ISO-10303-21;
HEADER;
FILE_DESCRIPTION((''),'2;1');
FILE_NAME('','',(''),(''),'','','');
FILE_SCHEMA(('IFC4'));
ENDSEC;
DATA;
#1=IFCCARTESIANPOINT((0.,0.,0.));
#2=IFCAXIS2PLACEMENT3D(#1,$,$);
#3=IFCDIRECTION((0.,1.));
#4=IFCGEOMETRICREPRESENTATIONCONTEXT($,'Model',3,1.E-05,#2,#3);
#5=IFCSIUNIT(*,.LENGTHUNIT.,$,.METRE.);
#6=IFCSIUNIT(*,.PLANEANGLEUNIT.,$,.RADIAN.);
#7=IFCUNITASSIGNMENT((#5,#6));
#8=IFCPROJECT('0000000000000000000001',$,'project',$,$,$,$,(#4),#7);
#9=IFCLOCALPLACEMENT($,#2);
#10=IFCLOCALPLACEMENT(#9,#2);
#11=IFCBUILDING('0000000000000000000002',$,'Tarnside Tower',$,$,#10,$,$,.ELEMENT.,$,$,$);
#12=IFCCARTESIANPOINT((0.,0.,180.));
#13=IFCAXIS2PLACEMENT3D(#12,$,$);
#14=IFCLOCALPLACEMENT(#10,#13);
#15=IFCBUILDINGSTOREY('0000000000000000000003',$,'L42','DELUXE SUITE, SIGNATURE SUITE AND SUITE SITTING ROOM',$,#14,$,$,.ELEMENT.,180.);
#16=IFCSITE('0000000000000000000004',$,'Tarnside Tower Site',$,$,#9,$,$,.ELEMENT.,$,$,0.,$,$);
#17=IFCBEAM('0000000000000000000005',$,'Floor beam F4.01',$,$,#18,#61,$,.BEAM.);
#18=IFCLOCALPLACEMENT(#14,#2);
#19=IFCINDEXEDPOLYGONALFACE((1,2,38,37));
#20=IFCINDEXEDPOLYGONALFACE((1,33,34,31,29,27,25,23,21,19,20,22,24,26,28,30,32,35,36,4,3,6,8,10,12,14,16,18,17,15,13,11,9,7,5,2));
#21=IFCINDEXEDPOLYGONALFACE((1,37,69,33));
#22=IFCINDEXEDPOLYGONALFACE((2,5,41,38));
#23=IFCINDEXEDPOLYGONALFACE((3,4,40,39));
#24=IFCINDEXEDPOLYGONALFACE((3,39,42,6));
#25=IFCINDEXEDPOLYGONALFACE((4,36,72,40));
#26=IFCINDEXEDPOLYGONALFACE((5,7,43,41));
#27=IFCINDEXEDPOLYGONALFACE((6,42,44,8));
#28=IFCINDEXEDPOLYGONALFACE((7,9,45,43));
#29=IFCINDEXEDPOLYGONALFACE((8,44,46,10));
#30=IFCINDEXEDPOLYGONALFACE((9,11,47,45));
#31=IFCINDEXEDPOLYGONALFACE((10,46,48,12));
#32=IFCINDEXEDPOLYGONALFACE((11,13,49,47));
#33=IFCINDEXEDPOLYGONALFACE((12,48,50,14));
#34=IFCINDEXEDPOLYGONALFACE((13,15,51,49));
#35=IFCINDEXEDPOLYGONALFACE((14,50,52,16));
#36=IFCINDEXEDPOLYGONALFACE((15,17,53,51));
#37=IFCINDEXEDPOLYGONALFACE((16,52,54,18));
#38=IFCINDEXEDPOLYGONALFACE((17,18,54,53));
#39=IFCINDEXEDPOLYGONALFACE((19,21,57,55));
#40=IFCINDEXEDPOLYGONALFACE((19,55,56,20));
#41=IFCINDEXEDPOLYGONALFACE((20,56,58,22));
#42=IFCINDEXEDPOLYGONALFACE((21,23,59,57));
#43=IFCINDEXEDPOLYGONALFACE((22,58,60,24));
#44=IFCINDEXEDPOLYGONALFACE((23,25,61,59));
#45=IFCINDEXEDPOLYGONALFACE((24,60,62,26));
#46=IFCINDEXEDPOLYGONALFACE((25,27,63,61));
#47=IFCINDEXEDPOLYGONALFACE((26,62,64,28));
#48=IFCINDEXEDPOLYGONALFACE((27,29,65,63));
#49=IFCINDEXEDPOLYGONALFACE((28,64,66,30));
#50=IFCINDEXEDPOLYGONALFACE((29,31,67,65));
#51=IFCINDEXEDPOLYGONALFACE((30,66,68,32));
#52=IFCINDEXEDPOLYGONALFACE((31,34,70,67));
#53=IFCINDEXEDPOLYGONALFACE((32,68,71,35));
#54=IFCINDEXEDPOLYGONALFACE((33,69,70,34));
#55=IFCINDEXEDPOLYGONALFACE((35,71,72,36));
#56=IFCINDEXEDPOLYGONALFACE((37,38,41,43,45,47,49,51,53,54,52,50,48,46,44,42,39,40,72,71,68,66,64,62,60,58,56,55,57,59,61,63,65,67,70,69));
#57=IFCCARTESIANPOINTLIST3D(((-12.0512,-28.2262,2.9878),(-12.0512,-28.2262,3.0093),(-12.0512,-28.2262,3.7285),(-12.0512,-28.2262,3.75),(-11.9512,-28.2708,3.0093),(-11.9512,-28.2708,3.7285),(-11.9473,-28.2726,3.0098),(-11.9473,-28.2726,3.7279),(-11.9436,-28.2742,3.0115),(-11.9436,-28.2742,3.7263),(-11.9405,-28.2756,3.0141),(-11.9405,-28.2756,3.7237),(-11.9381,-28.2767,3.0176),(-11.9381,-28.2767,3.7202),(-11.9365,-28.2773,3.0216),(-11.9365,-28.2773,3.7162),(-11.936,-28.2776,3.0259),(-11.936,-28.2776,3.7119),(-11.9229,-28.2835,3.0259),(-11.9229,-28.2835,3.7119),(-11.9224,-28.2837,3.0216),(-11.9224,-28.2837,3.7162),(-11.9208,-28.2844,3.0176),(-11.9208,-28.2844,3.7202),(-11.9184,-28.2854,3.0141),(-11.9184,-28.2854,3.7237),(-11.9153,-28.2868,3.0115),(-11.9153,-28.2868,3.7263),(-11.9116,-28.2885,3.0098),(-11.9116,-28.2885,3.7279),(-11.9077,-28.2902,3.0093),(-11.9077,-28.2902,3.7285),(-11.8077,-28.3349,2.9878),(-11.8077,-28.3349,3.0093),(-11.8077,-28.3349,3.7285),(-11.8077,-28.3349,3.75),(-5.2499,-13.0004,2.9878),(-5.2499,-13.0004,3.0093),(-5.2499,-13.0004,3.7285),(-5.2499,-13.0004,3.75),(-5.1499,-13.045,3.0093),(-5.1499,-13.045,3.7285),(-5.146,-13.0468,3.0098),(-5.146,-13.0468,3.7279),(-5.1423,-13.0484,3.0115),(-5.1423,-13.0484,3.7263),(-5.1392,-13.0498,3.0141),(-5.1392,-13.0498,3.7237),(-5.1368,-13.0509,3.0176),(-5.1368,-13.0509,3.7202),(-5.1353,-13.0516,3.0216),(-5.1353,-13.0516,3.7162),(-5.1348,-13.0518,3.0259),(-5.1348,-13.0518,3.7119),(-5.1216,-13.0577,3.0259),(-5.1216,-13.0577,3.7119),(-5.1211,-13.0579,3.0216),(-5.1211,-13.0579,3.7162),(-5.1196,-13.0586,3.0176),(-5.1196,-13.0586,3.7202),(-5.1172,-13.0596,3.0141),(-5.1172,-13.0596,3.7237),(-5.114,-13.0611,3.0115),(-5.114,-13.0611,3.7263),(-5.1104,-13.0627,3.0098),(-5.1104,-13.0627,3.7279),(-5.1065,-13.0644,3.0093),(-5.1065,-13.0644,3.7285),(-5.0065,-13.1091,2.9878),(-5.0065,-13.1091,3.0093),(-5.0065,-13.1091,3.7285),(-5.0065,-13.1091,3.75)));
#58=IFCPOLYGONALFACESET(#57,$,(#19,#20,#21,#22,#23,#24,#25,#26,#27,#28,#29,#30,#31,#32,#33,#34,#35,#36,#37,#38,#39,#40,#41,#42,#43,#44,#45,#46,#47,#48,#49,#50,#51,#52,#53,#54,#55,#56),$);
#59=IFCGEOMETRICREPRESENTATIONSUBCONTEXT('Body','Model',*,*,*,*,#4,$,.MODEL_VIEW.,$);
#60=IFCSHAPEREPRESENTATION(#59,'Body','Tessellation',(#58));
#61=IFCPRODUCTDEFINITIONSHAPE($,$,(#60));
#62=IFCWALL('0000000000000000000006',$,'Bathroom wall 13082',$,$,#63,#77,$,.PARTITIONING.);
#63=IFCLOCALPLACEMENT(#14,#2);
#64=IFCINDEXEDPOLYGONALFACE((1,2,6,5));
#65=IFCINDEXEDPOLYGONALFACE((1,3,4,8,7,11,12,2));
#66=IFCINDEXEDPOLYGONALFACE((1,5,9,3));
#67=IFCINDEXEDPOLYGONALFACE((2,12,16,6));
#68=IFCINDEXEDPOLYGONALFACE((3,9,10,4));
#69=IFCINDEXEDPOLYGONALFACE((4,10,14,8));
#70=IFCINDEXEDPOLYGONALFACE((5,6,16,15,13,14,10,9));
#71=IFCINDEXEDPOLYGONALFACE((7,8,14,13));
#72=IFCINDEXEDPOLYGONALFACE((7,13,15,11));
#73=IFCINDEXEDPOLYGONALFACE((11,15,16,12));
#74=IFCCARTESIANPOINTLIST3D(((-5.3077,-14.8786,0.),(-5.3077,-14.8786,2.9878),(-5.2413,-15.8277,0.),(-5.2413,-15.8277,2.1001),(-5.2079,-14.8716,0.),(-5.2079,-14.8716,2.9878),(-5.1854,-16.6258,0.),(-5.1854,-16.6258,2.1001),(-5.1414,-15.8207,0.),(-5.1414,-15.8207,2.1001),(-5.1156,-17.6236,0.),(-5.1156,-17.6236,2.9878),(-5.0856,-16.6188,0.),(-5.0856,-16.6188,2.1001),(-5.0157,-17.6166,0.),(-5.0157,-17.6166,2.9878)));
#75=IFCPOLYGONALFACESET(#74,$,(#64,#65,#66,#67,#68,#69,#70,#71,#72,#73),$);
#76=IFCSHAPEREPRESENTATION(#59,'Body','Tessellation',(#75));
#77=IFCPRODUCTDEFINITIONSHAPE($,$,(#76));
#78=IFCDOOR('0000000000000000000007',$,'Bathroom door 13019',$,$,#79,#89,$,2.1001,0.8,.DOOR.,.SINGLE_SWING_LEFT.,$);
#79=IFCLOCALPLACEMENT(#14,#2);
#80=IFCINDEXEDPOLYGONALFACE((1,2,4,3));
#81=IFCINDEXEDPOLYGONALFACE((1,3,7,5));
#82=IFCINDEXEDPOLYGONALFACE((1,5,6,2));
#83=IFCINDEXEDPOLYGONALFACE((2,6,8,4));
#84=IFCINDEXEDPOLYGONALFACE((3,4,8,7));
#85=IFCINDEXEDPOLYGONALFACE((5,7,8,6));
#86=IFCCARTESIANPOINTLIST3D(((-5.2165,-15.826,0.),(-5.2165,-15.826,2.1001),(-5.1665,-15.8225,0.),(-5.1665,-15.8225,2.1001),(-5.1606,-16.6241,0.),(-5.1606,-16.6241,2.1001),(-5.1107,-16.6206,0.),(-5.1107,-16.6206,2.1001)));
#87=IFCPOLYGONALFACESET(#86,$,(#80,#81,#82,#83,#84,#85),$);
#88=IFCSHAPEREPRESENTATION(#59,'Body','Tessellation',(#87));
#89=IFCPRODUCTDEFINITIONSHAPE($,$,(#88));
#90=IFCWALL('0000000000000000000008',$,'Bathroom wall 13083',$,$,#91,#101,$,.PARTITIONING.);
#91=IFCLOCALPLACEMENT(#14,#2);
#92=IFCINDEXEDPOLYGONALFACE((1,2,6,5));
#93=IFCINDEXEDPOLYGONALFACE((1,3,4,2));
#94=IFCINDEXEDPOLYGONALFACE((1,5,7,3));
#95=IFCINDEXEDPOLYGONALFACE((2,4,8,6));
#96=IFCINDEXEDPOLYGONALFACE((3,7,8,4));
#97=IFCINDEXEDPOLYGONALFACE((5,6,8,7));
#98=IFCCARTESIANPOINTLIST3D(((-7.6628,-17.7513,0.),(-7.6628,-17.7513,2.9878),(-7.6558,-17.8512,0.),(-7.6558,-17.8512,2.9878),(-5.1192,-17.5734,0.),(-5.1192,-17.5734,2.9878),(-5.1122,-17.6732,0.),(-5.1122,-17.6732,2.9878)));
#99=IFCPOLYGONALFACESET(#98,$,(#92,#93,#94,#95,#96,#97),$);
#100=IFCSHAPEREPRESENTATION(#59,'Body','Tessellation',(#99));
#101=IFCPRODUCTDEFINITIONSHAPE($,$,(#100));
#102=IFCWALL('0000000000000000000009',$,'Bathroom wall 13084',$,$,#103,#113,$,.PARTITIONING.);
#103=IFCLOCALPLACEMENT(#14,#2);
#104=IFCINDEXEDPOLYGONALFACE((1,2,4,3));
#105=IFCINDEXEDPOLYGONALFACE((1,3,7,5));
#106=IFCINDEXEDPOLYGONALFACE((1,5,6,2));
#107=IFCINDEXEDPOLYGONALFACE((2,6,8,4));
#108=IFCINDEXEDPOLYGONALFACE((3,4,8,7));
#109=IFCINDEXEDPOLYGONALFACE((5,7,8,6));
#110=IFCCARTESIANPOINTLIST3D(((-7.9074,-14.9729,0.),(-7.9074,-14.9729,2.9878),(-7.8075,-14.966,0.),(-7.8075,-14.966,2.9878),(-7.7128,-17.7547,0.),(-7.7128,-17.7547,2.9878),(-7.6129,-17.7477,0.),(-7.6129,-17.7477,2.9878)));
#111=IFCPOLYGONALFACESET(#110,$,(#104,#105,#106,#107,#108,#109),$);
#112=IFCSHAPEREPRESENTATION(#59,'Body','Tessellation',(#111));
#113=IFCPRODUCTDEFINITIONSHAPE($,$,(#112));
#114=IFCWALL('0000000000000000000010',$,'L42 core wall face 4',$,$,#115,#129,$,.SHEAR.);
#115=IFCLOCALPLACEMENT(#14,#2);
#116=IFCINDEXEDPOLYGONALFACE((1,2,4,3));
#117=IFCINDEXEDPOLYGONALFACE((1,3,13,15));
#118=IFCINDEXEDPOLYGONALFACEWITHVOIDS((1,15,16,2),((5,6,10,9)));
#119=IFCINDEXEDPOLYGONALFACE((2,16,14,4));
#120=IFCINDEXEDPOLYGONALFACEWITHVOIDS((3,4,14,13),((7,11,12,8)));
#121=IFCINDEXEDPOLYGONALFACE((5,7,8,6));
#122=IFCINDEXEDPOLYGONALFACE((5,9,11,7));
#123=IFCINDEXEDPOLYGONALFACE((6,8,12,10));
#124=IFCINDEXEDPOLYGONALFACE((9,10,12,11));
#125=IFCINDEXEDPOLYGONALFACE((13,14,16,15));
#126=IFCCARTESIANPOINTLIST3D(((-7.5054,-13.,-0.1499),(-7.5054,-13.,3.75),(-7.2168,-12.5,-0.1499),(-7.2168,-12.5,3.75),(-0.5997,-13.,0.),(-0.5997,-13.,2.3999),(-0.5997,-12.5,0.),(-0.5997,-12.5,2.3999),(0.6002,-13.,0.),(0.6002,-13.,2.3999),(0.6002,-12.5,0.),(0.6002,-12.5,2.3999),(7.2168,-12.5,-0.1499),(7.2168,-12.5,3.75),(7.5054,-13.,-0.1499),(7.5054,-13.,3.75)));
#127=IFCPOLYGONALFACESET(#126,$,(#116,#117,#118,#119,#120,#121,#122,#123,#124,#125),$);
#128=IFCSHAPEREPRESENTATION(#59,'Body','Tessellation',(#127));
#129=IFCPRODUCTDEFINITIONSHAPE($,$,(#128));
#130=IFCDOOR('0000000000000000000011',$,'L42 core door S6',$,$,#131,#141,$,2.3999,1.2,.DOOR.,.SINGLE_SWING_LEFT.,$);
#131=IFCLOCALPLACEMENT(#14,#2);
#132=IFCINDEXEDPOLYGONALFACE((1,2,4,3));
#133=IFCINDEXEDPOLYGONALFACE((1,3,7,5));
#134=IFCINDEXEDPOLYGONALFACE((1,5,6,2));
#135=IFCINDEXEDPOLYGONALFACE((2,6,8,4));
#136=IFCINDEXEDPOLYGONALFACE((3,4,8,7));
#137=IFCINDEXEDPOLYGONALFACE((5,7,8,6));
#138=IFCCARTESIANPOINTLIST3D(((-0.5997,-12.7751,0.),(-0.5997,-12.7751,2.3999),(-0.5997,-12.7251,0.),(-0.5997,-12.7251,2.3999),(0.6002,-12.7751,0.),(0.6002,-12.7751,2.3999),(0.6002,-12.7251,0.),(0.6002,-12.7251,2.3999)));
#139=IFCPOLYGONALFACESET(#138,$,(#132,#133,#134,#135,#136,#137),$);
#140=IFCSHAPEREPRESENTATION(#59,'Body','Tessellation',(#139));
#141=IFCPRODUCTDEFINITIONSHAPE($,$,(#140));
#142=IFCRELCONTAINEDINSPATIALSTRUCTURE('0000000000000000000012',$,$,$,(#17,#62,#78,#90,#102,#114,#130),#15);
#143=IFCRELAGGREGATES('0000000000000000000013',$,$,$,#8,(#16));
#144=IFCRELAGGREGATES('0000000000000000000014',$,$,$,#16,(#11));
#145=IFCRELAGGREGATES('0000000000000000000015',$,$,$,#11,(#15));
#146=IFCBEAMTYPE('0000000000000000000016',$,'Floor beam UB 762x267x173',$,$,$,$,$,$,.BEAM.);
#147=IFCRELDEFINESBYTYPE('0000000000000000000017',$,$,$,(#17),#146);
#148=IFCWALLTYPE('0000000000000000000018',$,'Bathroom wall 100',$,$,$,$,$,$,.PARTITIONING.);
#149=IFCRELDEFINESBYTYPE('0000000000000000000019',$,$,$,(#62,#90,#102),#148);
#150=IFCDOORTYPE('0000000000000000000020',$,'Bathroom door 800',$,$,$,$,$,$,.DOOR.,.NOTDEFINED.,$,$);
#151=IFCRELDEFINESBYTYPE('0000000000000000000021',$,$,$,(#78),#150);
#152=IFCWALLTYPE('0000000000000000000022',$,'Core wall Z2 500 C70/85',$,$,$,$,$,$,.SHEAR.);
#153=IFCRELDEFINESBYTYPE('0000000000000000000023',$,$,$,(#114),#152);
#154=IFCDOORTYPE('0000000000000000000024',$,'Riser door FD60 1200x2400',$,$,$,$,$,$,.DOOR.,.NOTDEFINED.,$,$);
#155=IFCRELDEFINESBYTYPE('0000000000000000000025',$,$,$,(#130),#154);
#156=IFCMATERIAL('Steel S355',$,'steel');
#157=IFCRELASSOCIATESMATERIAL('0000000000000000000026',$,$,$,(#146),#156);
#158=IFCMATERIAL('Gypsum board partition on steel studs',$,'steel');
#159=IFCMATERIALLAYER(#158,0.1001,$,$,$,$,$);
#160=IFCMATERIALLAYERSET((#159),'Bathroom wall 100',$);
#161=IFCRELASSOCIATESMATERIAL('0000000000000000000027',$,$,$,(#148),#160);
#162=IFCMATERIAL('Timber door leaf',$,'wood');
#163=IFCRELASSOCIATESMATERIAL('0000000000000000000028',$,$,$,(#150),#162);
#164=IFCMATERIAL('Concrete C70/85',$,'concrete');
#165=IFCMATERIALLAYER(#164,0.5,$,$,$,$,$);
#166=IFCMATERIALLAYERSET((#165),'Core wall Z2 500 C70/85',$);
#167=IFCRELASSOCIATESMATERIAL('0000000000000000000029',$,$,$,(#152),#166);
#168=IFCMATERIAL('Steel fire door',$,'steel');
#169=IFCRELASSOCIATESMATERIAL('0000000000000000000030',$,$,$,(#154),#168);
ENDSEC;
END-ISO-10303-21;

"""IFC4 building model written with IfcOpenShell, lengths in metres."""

from ifc_helpers import new_model, si_unit, direction, frame, frame_2d, origin, origin_2d, place, context, subcontext, project, spatial, polyline, rectangle, i_section, outline, extrude, material, layer, layer_set, material_profile, profile_set, type_object, element, fill, save


model = new_model("IFC4")

# Units and contexts
model_context = context("Model", 3, precision=1e-05, world=origin(), true_north=direction((0.0, 1.0)))
body_context = subcontext(model_context, "Body", "Model", "MODEL_VIEW")
ifc_project = project(units=[si_unit("LENGTHUNIT", "METRE"), si_unit("PLANEANGLEUNIT", "RADIAN")], contexts=[model_context])

# Site, building, storey
site_placement = place(None, origin())
site = spatial("IfcSite", under=ifc_project, at=site_placement, Name="Tarnside Tower Site", CompositionType="ELEMENT", RefElevation=0.0)
building_placement = place(site_placement, origin())
building = spatial("IfcBuilding", under=site, at=building_placement, Name="Tarnside Tower", CompositionType="ELEMENT")
storey_placement = place(building_placement, frame((0.0, 0.0, 180.0)))
storey = spatial("IfcBuildingStorey", under=building, at=storey_placement, Name="L42", Description="DELUXE SUITE, SIGNATURE SUITE AND SUITE SITTING ROOM", CompositionType="ELEMENT", Elevation=180.0)

# Beam
ifc_material_1 = material(Name="Steel S355", Category="steel")
ifc_material_profile_1 = material_profile(ifc_material_1, i_section(OverallWidth=0.2666, OverallDepth=0.7622, WebThickness=0.0144, FlangeThickness=0.0215, FilletRadius=0.0166, at=origin_2d()), Name="UB 762x267x173")
ifc_profile_set_1 = profile_set([ifc_material_profile_1], Name="Steel S355")
beam_type_1 = type_object("IfcBeamType", Name="Floor beam UB 762x267x173", PredefinedType="BEAM", material=ifc_profile_set_1)
beam_1_placement = place(storey_placement, frame((-11.9294, -28.2805, 3.3689), z_axis=(0.407852, 0.913048, 0.0), x_axis=(-0.913048, 0.407852, 0.0)))
element("IfcBeam", 1, at=beam_1_placement, inside=storey, type_object=beam_type_1, Name="Floor beam F4.01", PredefinedType="BEAM", context=body_context, shape_type="SweptSolid", body=[
    extrude(i_section(OverallWidth=0.2666, OverallDepth=0.7622, WebThickness=0.0144, FlangeThickness=0.0215, FilletRadius=0.0166, at=origin_2d()), origin(), (0.0, 0.0, 1.0), 16.6758),
])

# Wall, opening, door
ifc_material_2 = material(Name="Gypsum board partition on steel studs", Category="steel")
ifc_layer_1 = layer(ifc_material_2, 0.1001)
ifc_layer_set_1 = layer_set([ifc_layer_1], Name="Bathroom wall 100")
wall_type_1 = type_object("IfcWallType", Name="Bathroom wall 100", PredefinedType="PARTITIONING", material=ifc_layer_set_1)
wall_1_placement = place(storey_placement, frame((-5.2578, -14.875, 0.0), z_axis=(0.0, 0.0, 1.0), x_axis=(0.069828, -0.997559, 0.0)))
wall_1 = element("IfcWall", 2, at=wall_1_placement, inside=storey, type_object=wall_type_1, Name="Bathroom wall 13082", PredefinedType="PARTITIONING", context=body_context, shape_type="SweptSolid", body=[
    extrude(rectangle(XDim=2.7517, YDim=0.1001, at=frame_2d((1.376, 0.0))), origin(), (0.0, 0.0, 1.0), 2.9878),
])
opening_1_placement = place(wall_1_placement, frame((0.9517, 0.0, 0.0)))
opening_1 = element("IfcOpeningElement", 3, at=opening_1_placement, cuts=wall_1, PredefinedType="OPENING", context=body_context, shape_type="SweptSolid", body=[
    extrude(rectangle(XDim=0.8, YDim=2.1001, at=frame_2d((0.3999, 1.05))), frame((0.0, 0.0601, 0.0), z_axis=(0.0, -1.0, 0.0), x_axis=(1.0, 0.0, 0.0)), (0.0, 0.0, 1.0), 0.1201),
])
ifc_material_3 = material(Name="Timber door leaf", Category="wood")
door_type_1 = type_object("IfcDoorType", Name="Bathroom door 800", OperationType="NOTDEFINED", PredefinedType="DOOR", material=ifc_material_3)
door_1_placement = place(opening_1_placement, origin())
door_1 = element("IfcDoor", 4, at=door_1_placement, inside=storey, type_object=door_type_1, Name="Bathroom door 13019", OperationType="SINGLE_SWING_LEFT", OverallHeight=2.1001, OverallWidth=0.8, PredefinedType="DOOR", context=body_context, shape_type="SweptSolid", body=[
    extrude(rectangle(XDim=0.8, YDim=2.1001, at=frame_2d((0.3999, 1.05))), frame((0.0, 0.0249, 0.0), z_axis=(0.0, -1.0, 0.0), x_axis=(1.0, 0.0, 0.0)), (0.0, 0.0, 1.0), 0.05),
])
fill(opening_1, door_1)

# Walls
wall_2_placement = place(storey_placement, frame((-5.1157, -17.6233, 0.0), z_axis=(0.0, 0.0, 1.0), x_axis=(-0.997561, -0.069798, 0.0)))
element("IfcWall", 5, at=wall_2_placement, inside=storey, type_object=wall_type_1, Name="Bathroom wall 13083", PredefinedType="PARTITIONING", context=body_context, shape_type="SweptSolid", body=[
    extrude(rectangle(XDim=2.5498, YDim=0.1001, at=frame_2d((1.2749, 0.0))), origin(), (0.0, 0.0, 1.0), 2.9878),
])
wall_3_placement = place(storey_placement, frame((-7.6628, -17.7512, 0.0), z_axis=(0.0, 0.0, 1.0), x_axis=(-0.069779, 0.997563, 0.0)))
element("IfcWall", 6, at=wall_3_placement, inside=storey, type_object=wall_type_1, Name="Bathroom wall 13084", PredefinedType="PARTITIONING", context=body_context, shape_type="SweptSolid", body=[
    extrude(rectangle(XDim=2.7886, YDim=0.1001, at=frame_2d((1.3943, 0.0))), origin(), (0.0, 0.0, 1.0), 2.9878),
])

# Wall, opening, door
ifc_material_4 = material(Name="Concrete C70/85", Category="concrete")
ifc_layer_2 = layer(ifc_material_4, 0.5)
ifc_layer_set_2 = layer_set([ifc_layer_2], Name="Core wall Z2 500 C70/85")
wall_type_2 = type_object("IfcWallType", Name="Core wall Z2 500 C70/85", PredefinedType="SHEAR", material=ifc_layer_set_2)
wall_4_placement = place(storey_placement, frame((-7.3611, -12.75, -0.1499), z_axis=(0.0, 0.0, 1.0), x_axis=(1.0, 0.0, 0.0)))
wall_4 = element("IfcWall", 7, at=wall_4_placement, inside=storey, type_object=wall_type_2, Name="L42 core wall face 4", PredefinedType="SHEAR", context=body_context, shape_type="SweptSolid", body=[
    extrude(outline(polyline([(-0.1443, -0.25), (14.8665, -0.25), (14.5779, 0.25), (0.1443, 0.25), (-0.1443, -0.25)])), origin(), (0.0, 0.0, 1.0), 3.8999),
])
opening_2_placement = place(wall_4_placement, frame((6.7612, 0.0, 0.1499)))
opening_2 = element("IfcOpeningElement", 8, at=opening_2_placement, cuts=wall_4, PredefinedType="OPENING", context=body_context, shape_type="SweptSolid", body=[
    extrude(rectangle(XDim=1.2, YDim=2.3999, at=frame_2d((0.6001, 1.2))), frame((0.0, 0.26, 0.0), z_axis=(0.0, -1.0, 0.0), x_axis=(1.0, 0.0, 0.0)), (0.0, 0.0, 1.0), 0.52),
])
ifc_material_5 = material(Name="Steel fire door", Category="steel")
door_type_2 = type_object("IfcDoorType", Name="Riser door FD60 1200x2400", OperationType="NOTDEFINED", PredefinedType="DOOR", material=ifc_material_5)
door_2_placement = place(opening_2_placement, origin())
door_2 = element("IfcDoor", 9, at=door_2_placement, inside=storey, type_object=door_type_2, Name="L42 core door S6", OperationType="SINGLE_SWING_LEFT", OverallHeight=2.3999, OverallWidth=1.2, PredefinedType="DOOR", context=body_context, shape_type="SweptSolid", body=[
    extrude(rectangle(XDim=1.2, YDim=2.3999, at=frame_2d((0.6001, 1.2))), frame((0.0, 0.0249, 0.0), z_axis=(0.0, -1.0, 0.0), x_axis=(1.0, 0.0, 0.0)), (0.0, 0.0, 1.0), 0.05),
])
fill(opening_2, door_2)

save(model, "model.ifc")
